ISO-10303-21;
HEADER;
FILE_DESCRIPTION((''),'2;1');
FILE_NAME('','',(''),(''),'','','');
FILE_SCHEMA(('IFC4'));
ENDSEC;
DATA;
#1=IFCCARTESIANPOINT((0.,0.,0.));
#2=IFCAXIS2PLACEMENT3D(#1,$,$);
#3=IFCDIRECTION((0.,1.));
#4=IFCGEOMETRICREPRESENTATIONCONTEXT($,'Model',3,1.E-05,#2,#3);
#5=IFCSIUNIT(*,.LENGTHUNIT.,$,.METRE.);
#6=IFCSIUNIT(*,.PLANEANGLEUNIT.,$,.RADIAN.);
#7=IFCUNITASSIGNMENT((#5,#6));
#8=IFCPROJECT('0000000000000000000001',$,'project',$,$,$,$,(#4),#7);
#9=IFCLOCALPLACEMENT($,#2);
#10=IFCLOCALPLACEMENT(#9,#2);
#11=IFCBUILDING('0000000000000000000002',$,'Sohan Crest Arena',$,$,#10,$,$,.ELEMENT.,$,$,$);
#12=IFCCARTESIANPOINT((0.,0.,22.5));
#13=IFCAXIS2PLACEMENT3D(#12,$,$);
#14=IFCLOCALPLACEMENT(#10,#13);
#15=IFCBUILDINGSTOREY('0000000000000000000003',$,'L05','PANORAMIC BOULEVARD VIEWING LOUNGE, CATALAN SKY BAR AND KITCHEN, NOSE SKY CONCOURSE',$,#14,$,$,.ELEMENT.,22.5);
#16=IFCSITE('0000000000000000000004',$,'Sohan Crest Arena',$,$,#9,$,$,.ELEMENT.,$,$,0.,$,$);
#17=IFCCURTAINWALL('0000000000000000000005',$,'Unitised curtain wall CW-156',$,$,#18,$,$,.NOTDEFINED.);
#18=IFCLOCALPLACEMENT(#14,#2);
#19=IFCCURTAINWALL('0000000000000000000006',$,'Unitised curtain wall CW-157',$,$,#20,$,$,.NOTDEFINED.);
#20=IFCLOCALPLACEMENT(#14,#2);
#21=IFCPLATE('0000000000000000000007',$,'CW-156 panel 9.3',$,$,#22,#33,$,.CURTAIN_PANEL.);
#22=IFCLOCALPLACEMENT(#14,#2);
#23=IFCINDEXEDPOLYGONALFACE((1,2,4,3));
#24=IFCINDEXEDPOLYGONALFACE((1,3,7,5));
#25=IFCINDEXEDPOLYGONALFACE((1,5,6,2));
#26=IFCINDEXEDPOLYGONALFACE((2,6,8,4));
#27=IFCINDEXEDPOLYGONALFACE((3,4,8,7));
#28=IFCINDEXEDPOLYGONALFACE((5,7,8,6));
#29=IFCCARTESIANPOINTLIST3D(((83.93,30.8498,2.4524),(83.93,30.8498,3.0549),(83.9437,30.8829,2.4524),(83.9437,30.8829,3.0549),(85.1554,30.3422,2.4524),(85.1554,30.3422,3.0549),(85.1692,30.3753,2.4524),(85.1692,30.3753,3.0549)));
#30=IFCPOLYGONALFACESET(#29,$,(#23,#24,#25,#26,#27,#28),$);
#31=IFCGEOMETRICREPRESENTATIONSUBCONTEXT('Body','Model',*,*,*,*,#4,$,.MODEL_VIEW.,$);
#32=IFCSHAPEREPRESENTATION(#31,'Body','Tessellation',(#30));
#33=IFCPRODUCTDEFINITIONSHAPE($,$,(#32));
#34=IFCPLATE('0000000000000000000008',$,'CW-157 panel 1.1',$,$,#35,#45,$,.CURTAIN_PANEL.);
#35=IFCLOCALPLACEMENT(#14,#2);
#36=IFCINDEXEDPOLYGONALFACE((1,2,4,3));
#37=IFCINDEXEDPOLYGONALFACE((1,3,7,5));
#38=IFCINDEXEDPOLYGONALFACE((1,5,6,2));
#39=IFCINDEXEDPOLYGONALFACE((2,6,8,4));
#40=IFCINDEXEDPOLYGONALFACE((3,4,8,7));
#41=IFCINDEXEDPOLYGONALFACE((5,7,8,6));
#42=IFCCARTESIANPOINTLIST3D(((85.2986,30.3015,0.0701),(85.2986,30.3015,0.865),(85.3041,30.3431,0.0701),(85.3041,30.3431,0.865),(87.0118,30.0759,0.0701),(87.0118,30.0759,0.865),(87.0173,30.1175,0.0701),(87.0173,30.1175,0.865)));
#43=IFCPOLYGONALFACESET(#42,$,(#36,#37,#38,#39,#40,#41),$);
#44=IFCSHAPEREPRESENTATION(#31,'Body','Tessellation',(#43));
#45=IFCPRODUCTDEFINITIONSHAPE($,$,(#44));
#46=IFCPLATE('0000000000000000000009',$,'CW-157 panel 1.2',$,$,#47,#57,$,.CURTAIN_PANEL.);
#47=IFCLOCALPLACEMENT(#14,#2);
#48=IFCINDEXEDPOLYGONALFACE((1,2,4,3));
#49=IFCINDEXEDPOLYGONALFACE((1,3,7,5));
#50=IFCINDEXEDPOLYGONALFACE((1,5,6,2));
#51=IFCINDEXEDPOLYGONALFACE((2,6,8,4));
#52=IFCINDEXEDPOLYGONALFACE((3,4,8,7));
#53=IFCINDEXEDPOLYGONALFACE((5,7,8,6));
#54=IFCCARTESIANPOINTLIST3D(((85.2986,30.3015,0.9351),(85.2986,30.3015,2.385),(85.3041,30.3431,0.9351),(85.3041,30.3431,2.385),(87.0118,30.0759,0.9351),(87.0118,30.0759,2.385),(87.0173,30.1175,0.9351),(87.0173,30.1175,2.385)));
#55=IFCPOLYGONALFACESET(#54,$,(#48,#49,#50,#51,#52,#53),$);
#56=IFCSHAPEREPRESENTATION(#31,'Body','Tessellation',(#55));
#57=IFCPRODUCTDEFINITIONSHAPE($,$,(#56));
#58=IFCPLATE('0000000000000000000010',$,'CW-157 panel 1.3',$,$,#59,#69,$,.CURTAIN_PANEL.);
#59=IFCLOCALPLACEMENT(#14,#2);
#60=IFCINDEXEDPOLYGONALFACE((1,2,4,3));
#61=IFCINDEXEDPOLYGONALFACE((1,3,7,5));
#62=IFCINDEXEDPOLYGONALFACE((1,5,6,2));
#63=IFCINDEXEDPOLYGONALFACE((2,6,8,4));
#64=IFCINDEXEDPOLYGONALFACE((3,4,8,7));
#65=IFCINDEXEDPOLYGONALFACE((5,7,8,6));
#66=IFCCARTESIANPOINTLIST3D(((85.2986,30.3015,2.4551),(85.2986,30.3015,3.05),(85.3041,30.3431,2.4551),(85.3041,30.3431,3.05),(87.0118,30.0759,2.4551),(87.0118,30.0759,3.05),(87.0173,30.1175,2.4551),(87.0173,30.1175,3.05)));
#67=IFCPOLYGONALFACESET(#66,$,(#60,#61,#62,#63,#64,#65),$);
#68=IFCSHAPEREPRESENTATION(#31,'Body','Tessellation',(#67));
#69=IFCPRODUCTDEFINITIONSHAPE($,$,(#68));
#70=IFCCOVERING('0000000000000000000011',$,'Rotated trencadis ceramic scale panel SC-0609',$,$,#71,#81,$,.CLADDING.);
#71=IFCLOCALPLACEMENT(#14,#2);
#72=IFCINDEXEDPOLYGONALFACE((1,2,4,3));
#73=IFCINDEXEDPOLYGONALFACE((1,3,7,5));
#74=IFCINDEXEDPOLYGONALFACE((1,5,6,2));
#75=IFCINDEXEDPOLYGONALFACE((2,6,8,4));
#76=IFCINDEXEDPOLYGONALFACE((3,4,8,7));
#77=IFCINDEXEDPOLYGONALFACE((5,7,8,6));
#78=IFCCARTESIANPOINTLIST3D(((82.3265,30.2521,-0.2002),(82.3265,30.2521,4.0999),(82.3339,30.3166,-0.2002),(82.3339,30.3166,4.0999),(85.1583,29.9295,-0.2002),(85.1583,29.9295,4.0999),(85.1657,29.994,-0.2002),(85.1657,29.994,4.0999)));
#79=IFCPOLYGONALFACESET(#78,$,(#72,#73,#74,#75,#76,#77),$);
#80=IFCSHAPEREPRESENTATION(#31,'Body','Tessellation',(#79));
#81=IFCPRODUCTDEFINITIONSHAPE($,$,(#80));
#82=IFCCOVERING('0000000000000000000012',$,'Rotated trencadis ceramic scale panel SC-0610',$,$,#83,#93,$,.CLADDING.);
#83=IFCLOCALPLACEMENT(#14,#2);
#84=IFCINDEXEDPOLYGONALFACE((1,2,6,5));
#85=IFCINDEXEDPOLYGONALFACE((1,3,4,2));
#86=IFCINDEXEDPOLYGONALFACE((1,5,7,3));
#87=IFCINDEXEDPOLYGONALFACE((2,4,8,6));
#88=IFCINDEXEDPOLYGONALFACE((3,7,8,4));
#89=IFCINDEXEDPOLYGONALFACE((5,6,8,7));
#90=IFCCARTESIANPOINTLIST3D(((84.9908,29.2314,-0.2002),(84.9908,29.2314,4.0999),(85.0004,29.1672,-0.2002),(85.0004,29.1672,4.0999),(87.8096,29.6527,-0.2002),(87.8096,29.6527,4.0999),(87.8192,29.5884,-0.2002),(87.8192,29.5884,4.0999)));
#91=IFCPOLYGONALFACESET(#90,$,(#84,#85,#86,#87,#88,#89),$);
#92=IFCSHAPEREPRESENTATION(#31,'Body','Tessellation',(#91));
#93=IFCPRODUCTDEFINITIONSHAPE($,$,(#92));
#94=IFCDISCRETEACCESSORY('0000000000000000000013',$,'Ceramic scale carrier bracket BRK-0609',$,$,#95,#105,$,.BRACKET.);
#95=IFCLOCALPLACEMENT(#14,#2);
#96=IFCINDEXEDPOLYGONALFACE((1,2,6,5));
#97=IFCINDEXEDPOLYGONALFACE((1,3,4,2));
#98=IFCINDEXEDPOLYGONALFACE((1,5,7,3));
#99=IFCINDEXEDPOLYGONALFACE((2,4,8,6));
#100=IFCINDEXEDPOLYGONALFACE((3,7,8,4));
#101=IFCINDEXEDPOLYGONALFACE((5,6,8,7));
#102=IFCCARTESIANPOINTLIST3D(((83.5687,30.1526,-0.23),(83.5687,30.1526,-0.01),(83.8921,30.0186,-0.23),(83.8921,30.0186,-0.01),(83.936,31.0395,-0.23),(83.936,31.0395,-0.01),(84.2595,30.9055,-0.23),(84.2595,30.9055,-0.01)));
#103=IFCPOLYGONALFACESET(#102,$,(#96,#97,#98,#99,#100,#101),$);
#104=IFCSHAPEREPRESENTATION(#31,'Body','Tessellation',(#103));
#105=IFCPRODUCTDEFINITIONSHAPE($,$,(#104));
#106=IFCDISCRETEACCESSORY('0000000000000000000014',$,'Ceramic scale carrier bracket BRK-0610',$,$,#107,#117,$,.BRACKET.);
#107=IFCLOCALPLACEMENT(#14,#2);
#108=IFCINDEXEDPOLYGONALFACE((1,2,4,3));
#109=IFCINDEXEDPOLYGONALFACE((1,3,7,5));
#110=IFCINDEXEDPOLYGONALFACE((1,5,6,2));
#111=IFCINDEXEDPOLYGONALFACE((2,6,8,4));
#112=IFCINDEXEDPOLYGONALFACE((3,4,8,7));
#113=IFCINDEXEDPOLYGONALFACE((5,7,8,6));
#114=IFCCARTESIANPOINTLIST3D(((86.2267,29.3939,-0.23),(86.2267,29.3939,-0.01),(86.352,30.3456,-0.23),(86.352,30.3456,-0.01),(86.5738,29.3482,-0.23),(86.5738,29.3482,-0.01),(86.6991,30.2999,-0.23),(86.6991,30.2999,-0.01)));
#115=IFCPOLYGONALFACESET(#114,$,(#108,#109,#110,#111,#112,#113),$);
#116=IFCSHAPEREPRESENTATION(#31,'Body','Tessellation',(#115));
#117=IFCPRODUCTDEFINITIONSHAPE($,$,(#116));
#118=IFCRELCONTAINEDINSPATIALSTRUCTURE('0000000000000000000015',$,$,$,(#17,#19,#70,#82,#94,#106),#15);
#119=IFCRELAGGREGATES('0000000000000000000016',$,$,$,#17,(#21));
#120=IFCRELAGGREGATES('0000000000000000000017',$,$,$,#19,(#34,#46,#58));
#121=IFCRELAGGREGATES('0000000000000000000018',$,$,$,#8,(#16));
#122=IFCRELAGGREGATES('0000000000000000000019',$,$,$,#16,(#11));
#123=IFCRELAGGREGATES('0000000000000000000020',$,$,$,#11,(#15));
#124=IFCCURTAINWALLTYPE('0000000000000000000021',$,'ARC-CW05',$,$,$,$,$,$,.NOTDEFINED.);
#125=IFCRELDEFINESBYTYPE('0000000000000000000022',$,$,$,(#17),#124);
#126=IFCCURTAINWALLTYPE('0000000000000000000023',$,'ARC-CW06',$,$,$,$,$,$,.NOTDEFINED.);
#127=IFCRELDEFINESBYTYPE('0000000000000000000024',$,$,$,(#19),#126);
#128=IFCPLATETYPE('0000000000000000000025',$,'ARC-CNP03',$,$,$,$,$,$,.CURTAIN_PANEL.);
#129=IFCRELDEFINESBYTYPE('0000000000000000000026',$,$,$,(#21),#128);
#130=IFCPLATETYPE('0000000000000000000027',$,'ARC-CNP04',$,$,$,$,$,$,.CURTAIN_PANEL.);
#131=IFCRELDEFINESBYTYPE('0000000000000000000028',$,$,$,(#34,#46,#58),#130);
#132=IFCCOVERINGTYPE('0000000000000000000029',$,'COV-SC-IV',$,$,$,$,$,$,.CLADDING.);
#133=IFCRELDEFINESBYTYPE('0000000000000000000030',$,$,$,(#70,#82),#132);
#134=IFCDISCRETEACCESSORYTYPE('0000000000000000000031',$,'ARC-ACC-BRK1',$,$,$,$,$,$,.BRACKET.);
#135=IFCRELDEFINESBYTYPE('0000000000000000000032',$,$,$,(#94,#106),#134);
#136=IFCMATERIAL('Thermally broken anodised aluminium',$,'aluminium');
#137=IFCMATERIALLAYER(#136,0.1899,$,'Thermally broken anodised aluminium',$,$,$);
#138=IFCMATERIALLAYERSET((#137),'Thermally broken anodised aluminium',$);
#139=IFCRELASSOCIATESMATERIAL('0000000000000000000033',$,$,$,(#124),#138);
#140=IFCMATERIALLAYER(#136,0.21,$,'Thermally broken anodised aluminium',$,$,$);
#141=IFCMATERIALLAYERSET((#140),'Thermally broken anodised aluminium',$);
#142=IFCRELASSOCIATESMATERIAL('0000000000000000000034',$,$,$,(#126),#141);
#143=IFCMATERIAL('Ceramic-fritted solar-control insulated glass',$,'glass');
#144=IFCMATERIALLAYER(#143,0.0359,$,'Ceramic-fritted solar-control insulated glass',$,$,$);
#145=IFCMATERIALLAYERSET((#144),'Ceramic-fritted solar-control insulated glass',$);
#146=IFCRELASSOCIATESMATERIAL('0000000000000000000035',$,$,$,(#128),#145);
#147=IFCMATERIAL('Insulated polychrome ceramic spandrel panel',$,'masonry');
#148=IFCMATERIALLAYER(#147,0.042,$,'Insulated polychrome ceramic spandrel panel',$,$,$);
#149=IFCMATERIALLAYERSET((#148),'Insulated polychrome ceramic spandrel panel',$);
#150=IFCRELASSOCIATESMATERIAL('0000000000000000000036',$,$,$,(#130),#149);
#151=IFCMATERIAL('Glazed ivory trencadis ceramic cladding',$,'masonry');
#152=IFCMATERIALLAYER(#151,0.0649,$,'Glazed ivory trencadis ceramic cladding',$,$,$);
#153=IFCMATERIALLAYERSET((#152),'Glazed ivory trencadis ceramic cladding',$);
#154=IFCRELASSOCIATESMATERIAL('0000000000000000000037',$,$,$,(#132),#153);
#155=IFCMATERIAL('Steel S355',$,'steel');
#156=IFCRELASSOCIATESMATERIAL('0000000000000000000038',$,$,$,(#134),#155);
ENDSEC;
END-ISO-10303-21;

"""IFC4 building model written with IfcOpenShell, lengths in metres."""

from ifc_helpers import new_model, si_unit, direction, frame, origin, origin_2d, place, context, subcontext, project, spatial, rectangle, extrude, material, layer, layer_set, type_object, element, aggregate, save


model = new_model("IFC4")

# Units and contexts
model_context = context("Model", 3, precision=1e-05, world=origin(), true_north=direction((0.0, 1.0)))
body_context = subcontext(model_context, "Body", "Model", "MODEL_VIEW")
ifc_project = project(units=[si_unit("LENGTHUNIT", "METRE"), si_unit("PLANEANGLEUNIT", "RADIAN")], contexts=[model_context])

# Site, building, storey
site_placement = place(None, origin())
site = spatial("IfcSite", under=ifc_project, at=site_placement, Name="Sohan Crest Arena", CompositionType="ELEMENT", RefElevation=0.0)
building_placement = place(site_placement, origin())
building = spatial("IfcBuilding", under=site, at=building_placement, Name="Sohan Crest Arena", CompositionType="ELEMENT")
storey_placement = place(building_placement, frame((0.0, 0.0, 22.5)))
storey = spatial("IfcBuildingStorey", under=building, at=storey_placement, Name="L05", Description="PANORAMIC BOULEVARD VIEWING LOUNGE, CATALAN SKY BAR AND KITCHEN, NOSE SKY CONCOURSE", CompositionType="ELEMENT", Elevation=22.5)

# Curtain wall
ifc_material_1 = material(Name="Thermally broken anodised aluminium", Category="aluminium")
ifc_layer_1 = layer(ifc_material_1, 0.1899, Name="Thermally broken anodised aluminium")
ifc_layer_set_1 = layer_set([ifc_layer_1], Name="Thermally broken anodised aluminium")
curtain_wall_type_1 = type_object("IfcCurtainWallType", Name="ARC-CW05", PredefinedType="NOTDEFINED", material=ifc_layer_set_1)
curtain_wall_1_placement = place(storey_placement, origin())
curtain_wall_1 = element("IfcCurtainWall", 1, at=curtain_wall_1_placement, inside=storey, type_object=curtain_wall_type_1, Name="Unitised curtain wall CW-156", PredefinedType="NOTDEFINED")

# Curtain wall
ifc_layer_2 = layer(ifc_material_1, 0.21, Name="Thermally broken anodised aluminium")
ifc_layer_set_2 = layer_set([ifc_layer_2], Name="Thermally broken anodised aluminium")
curtain_wall_type_2 = type_object("IfcCurtainWallType", Name="ARC-CW06", PredefinedType="NOTDEFINED", material=ifc_layer_set_2)
curtain_wall_2_placement = place(storey_placement, origin())
curtain_wall_2 = element("IfcCurtainWall", 2, at=curtain_wall_2_placement, inside=storey, type_object=curtain_wall_type_2, Name="Unitised curtain wall CW-157", PredefinedType="NOTDEFINED")

# Plates
ifc_material_2 = material(Name="Ceramic-fritted solar-control insulated glass", Category="glass")
ifc_layer_3 = layer(ifc_material_2, 0.0359, Name="Ceramic-fritted solar-control insulated glass")
ifc_layer_set_3 = layer_set([ifc_layer_3], Name="Ceramic-fritted solar-control insulated glass")
plate_type_1 = type_object("IfcPlateType", Name="ARC-CNP03", PredefinedType="CURTAIN_PANEL", material=ifc_layer_set_3)
plate_1_placement = place(storey_placement, frame((84.5496, 30.6125, 2.4524), z_axis=(0.0, 0.0, 1.0), x_axis=(0.923879, -0.382685, 0.0)))
plate_1 = element("IfcPlate", 3, at=plate_1_placement, type_object=plate_type_1, Name="CW-156 panel 9.3", PredefinedType="CURTAIN_PANEL", context=body_context, shape_type="SweptSolid", body=[
    extrude(rectangle(XDim=1.3264, YDim=0.0359, at=origin_2d()), origin(), (0.0, 0.0, 1.0), 0.6025),
])
aggregate(curtain_wall_1, [plate_1])
ifc_material_3 = material(Name="Insulated polychrome ceramic spandrel panel", Category="masonry")
ifc_layer_4 = layer(ifc_material_3, 0.042, Name="Insulated polychrome ceramic spandrel panel")
ifc_layer_set_4 = layer_set([ifc_layer_4], Name="Insulated polychrome ceramic spandrel panel")
plate_type_2 = type_object("IfcPlateType", Name="ARC-CNP04", PredefinedType="CURTAIN_PANEL", material=ifc_layer_set_4)
plate_2_placement = place(storey_placement, frame((86.158, 30.2095, 0.0701), z_axis=(0.0, 0.0, 1.0), x_axis=(0.991441, -0.130557, 0.0)))
plate_2 = element("IfcPlate", 4, at=plate_2_placement, type_object=plate_type_2, Name="CW-157 panel 1.1", PredefinedType="CURTAIN_PANEL", context=body_context, shape_type="SweptSolid", body=[
    extrude(rectangle(XDim=1.728, YDim=0.042, at=origin_2d()), origin(), (0.0, 0.0, 1.0), 0.7949),
])
plate_3_placement = place(storey_placement, frame((86.158, 30.2095, 0.9351), z_axis=(0.0, 0.0, 1.0), x_axis=(0.991441, -0.130557, 0.0)))
plate_3 = element("IfcPlate", 5, at=plate_3_placement, type_object=plate_type_2, Name="CW-157 panel 1.2", PredefinedType="CURTAIN_PANEL", context=body_context, shape_type="SweptSolid", body=[
    extrude(rectangle(XDim=1.728, YDim=0.042, at=origin_2d()), origin(), (0.0, 0.0, 1.0), 1.45),
])
plate_4_placement = place(storey_placement, frame((86.158, 30.2095, 2.4551), z_axis=(0.0, 0.0, 1.0), x_axis=(0.991441, -0.130557, 0.0)))
plate_4 = element("IfcPlate", 6, at=plate_4_placement, type_object=plate_type_2, Name="CW-157 panel 1.3", PredefinedType="CURTAIN_PANEL", context=body_context, shape_type="SweptSolid", body=[
    extrude(rectangle(XDim=1.728, YDim=0.042, at=origin_2d()), origin(), (0.0, 0.0, 1.0), 0.595),
])
aggregate(curtain_wall_2, [plate_2, plate_3, plate_4])

# Coverings
ifc_material_4 = material(Name="Glazed ivory trencadis ceramic cladding", Category="masonry")
ifc_layer_5 = layer(ifc_material_4, 0.0649, Name="Glazed ivory trencadis ceramic cladding")
ifc_layer_set_5 = layer_set([ifc_layer_5], Name="Glazed ivory trencadis ceramic cladding")
covering_type = type_object("IfcCoveringType", Name="COV-SC-IV", PredefinedType="CLADDING", material=ifc_layer_set_5)
for number, where, z_axis, x_axis, name in (
    (7, (83.7461, 30.123, -0.2002), (0.0, 0.0, 1.0), (0.993572, -0.113203, 0.0), "Rotated trencadis ceramic scale panel SC-0609"),
    (8, (86.405, 29.4099, -0.2002), (0.0, 0.0, 1.0), (0.989016, 0.147809, 0.0), "Rotated trencadis ceramic scale panel SC-0610"),
):
    element("IfcCovering", number, at=place(storey_placement, frame(where, z_axis=z_axis, x_axis=x_axis)), inside=storey, type_object=covering_type, Name=name, PredefinedType="CLADDING", context=body_context, shape_type="SweptSolid", body=[
        extrude(rectangle(XDim=2.8501, YDim=0.0649, at=origin_2d()), origin(), (0.0, 0.0, 1.0), 4.3),
    ])

# Discrete accessories
ifc_material_5 = material(Name="Steel S355", Category="steel")
discrete_accessory_type = type_object("IfcDiscreteAccessoryType", Name="ARC-ACC-BRK1", PredefinedType="BRACKET", material=ifc_material_5)
for number, where, z_axis, x_axis, name in (
    (9, (83.9141, 30.5291, -0.23), (0.0, 0.0, 1.0), (0.92388, -0.382683, 0.0), "Ceramic scale carrier bracket BRK-0609"),
    (10, (86.4629, 29.8469, -0.23), (0.0, 0.0, 1.0), (0.991445, -0.130526, 0.0), "Ceramic scale carrier bracket BRK-0610"),
):
    element("IfcDiscreteAccessory", number, at=place(storey_placement, frame(where, z_axis=z_axis, x_axis=x_axis)), inside=storey, type_object=discrete_accessory_type, Name=name, PredefinedType="BRACKET", context=body_context, shape_type="SweptSolid", body=[
        extrude(rectangle(XDim=0.3501, YDim=0.96, at=origin_2d()), origin(), (0.0, 0.0, 1.0), 0.22),
    ])

save(model, "model.ifc")
